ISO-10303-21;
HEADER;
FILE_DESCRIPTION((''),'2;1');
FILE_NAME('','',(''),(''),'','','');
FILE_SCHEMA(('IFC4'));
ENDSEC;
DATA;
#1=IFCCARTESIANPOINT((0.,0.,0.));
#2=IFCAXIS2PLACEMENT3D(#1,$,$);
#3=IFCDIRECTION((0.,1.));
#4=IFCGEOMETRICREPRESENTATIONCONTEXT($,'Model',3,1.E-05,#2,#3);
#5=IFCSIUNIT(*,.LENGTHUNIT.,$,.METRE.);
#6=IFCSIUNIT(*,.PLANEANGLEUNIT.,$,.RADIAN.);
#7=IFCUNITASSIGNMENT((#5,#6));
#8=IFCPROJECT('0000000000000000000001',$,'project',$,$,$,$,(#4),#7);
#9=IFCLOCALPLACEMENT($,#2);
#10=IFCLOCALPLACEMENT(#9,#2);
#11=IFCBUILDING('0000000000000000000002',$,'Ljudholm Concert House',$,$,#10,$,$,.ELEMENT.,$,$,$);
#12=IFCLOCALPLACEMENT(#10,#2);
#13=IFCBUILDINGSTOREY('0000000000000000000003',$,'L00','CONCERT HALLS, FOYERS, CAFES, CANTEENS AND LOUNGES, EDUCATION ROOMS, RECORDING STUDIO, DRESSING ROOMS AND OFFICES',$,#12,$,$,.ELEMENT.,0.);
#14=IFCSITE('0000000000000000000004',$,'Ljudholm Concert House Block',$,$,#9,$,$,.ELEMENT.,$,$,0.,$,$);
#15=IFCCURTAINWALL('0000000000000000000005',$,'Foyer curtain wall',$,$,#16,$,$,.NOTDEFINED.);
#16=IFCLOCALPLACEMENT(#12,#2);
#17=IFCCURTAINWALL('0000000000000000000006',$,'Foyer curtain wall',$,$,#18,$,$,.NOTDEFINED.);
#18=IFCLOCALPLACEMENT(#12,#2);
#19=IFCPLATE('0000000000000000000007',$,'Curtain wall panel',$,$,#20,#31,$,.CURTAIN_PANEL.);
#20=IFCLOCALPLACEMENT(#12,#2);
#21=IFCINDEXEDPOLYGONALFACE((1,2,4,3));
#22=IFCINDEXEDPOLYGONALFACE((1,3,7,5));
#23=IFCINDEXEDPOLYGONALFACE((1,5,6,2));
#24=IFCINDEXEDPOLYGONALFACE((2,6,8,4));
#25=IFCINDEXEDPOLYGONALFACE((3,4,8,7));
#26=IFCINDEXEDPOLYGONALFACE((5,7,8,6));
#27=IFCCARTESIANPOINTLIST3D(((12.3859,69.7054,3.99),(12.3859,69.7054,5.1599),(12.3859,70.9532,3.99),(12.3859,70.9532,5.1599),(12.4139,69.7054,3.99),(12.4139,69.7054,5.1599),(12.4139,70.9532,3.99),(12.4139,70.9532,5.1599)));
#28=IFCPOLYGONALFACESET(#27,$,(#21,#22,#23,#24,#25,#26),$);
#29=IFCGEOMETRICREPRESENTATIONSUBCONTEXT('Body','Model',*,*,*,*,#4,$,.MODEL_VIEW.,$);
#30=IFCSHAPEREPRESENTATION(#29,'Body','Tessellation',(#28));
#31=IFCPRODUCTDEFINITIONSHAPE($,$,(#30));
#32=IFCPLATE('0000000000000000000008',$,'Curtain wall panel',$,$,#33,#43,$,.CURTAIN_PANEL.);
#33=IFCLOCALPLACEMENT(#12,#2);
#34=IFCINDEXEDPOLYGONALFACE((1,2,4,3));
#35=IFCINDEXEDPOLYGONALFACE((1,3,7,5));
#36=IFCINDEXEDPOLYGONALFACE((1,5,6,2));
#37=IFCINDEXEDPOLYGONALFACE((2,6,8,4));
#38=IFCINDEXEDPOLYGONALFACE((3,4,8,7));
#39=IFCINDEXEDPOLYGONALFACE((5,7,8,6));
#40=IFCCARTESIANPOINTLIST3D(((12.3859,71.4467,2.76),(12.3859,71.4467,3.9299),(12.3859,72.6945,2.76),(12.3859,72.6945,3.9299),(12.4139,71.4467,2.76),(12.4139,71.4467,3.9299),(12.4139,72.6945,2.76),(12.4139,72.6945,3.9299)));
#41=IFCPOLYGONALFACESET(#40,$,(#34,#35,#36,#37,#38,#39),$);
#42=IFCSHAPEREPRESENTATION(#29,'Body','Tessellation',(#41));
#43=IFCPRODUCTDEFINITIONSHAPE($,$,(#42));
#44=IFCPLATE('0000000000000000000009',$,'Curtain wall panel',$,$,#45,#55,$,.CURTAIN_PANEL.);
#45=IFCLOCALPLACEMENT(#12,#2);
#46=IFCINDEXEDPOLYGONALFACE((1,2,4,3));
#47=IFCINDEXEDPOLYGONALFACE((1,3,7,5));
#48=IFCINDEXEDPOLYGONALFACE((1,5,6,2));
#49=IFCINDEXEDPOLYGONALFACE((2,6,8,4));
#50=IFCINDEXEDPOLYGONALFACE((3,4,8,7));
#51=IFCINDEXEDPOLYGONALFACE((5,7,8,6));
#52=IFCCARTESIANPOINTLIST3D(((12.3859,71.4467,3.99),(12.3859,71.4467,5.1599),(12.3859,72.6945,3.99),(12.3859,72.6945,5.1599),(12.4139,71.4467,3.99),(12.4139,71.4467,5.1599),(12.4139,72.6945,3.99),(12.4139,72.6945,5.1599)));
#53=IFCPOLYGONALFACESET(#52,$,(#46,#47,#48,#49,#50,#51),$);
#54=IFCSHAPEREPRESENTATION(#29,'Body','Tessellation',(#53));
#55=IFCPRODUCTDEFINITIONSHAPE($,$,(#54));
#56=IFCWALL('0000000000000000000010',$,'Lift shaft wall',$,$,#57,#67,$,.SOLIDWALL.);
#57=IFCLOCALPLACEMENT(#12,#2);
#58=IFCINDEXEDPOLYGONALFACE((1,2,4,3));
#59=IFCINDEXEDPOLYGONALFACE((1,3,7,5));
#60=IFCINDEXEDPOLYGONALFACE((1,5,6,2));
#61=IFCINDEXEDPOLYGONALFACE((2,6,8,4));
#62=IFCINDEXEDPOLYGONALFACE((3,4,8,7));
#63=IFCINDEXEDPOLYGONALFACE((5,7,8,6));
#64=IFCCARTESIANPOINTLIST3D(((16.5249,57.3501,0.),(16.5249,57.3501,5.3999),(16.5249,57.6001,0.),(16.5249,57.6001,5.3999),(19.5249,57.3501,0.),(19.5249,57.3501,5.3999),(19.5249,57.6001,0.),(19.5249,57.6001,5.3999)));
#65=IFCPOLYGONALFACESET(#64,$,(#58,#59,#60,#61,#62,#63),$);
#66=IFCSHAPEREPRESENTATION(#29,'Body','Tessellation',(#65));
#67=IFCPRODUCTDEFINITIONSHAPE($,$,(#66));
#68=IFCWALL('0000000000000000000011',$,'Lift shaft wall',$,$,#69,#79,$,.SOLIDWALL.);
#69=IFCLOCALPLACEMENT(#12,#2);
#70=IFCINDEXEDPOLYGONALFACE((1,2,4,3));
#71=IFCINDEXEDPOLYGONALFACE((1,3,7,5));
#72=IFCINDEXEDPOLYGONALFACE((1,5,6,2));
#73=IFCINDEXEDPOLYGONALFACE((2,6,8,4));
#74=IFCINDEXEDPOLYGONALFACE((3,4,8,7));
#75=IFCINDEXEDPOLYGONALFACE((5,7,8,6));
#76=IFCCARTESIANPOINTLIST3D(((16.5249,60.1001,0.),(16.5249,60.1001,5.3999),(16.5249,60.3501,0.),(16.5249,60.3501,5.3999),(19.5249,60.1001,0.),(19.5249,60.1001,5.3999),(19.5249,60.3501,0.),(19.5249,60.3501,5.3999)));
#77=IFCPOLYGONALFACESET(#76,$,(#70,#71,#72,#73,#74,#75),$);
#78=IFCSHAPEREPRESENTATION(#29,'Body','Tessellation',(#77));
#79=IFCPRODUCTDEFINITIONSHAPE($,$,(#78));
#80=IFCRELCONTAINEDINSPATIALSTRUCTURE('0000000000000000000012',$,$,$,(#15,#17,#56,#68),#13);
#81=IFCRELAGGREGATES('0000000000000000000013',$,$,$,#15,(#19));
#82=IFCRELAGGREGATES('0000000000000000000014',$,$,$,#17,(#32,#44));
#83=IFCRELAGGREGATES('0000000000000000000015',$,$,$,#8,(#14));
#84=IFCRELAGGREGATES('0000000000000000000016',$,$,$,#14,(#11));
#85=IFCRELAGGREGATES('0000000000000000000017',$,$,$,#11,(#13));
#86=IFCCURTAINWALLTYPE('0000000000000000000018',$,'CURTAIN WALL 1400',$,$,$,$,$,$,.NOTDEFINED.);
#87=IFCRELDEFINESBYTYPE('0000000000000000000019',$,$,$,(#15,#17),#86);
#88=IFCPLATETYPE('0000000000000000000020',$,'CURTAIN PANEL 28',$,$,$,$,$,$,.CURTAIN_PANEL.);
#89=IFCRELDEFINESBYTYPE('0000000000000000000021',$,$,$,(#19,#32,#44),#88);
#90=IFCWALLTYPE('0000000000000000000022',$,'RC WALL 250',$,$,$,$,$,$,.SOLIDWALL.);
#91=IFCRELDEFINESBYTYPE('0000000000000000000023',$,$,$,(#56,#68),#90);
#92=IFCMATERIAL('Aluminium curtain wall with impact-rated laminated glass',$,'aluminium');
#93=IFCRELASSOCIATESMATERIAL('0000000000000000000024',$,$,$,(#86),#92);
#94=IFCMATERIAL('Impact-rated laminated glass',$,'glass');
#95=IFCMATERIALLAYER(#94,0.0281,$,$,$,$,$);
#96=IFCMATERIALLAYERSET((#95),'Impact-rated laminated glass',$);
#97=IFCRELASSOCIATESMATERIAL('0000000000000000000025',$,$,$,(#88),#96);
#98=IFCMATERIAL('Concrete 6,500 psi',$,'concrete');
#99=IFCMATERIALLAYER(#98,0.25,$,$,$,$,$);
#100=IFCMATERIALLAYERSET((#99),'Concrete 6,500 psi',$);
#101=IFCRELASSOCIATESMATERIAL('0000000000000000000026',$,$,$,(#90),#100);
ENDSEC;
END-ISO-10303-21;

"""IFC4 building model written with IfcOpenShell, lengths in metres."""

from ifc_helpers import new_model, si_unit, direction, frame, frame_2d, origin, origin_2d, place, context, subcontext, project, spatial, rectangle, extrude, material, layer, layer_set, type_object, element, aggregate, save


model = new_model("IFC4")

# Units and contexts
model_context = context("Model", 3, precision=1e-05, world=origin(), true_north=direction((0.0, 1.0)))
body_context = subcontext(model_context, "Body", "Model", "MODEL_VIEW")
ifc_project = project(units=[si_unit("LENGTHUNIT", "METRE"), si_unit("PLANEANGLEUNIT", "RADIAN")], contexts=[model_context])

# Site, building, storey
site_placement = place(None, origin())
site = spatial("IfcSite", under=ifc_project, at=site_placement, Name="Ljudholm Concert House Block", CompositionType="ELEMENT", RefElevation=0.0)
building_placement = place(site_placement, origin())
building = spatial("IfcBuilding", under=site, at=building_placement, Name="Ljudholm Concert House", CompositionType="ELEMENT")
storey_placement = place(building_placement, origin())
storey = spatial("IfcBuildingStorey", under=building, at=storey_placement, Name="L00", Description="CONCERT HALLS, FOYERS, CAFES, CANTEENS AND LOUNGES, EDUCATION ROOMS, RECORDING STUDIO, DRESSING ROOMS AND OFFICES", CompositionType="ELEMENT", Elevation=0.0)

# Curtain wall
ifc_material_1 = material(Name="Aluminium curtain wall with impact-rated laminated glass", Category="aluminium")
curtain_wall_type = type_object("IfcCurtainWallType", Name="CURTAIN WALL 1400", PredefinedType="NOTDEFINED", material=ifc_material_1)
curtain_wall_1_placement = place(storey_placement, origin())
curtain_wall_1 = element("IfcCurtainWall", 1, at=curtain_wall_1_placement, inside=storey, type_object=curtain_wall_type, Name="Foyer curtain wall", PredefinedType="NOTDEFINED")

# Curtain wall
curtain_wall_2_placement = place(storey_placement, origin())
curtain_wall_2 = element("IfcCurtainWall", 2, at=curtain_wall_2_placement, inside=storey, type_object=curtain_wall_type, Name="Foyer curtain wall", PredefinedType="NOTDEFINED")

# Plates
ifc_material_2 = material(Name="Impact-rated laminated glass", Category="glass")
ifc_layer_1 = layer(ifc_material_2, 0.0281)
ifc_layer_set_1 = layer_set([ifc_layer_1], Name="Impact-rated laminated glass")
plate_type = type_object("IfcPlateType", Name="CURTAIN PANEL 28", PredefinedType="CURTAIN_PANEL", material=ifc_layer_set_1)
plate_1_placement = place(storey_placement, frame((12.3999, 70.3293, 3.99), z_axis=(0.0, 0.0, 1.0), x_axis=(0.0, 1.0, 0.0)))
plate_1 = element("IfcPlate", 3, at=plate_1_placement, type_object=plate_type, Name="Curtain wall panel", PredefinedType="CURTAIN_PANEL", context=body_context, shape_type="SweptSolid", body=[
    extrude(rectangle(XDim=1.2478, YDim=0.0281, at=origin_2d()), origin(), (0.0, 0.0, 1.0), 1.1699),
])
aggregate(curtain_wall_1, [plate_1])
plate_2_placement = place(storey_placement, frame((12.3999, 72.0706, 2.76), z_axis=(0.0, 0.0, 1.0), x_axis=(0.0, 1.0, 0.0)))
plate_2 = element("IfcPlate", 4, at=plate_2_placement, type_object=plate_type, Name="Curtain wall panel", PredefinedType="CURTAIN_PANEL", context=body_context, shape_type="SweptSolid", body=[
    extrude(rectangle(XDim=1.2478, YDim=0.0281, at=origin_2d()), origin(), (0.0, 0.0, 1.0), 1.1699),
])
plate_3_placement = place(storey_placement, frame((12.3999, 72.0706, 3.99), z_axis=(0.0, 0.0, 1.0), x_axis=(0.0, 1.0, 0.0)))
plate_3 = element("IfcPlate", 5, at=plate_3_placement, type_object=plate_type, Name="Curtain wall panel", PredefinedType="CURTAIN_PANEL", context=body_context, shape_type="SweptSolid", body=[
    extrude(rectangle(XDim=1.2478, YDim=0.0281, at=origin_2d()), origin(), (0.0, 0.0, 1.0), 1.1699),
])
aggregate(curtain_wall_2, [plate_2, plate_3])

# Walls
ifc_material_3 = material(Name="Concrete 6,500 psi", Category="concrete")
ifc_layer_2 = layer(ifc_material_3, 0.25)
ifc_layer_set_2 = layer_set([ifc_layer_2], Name="Concrete 6,500 psi")
wall_type_1 = type_object("IfcWallType", Name="RC WALL 250", PredefinedType="SOLIDWALL", material=ifc_layer_set_2)
for number, where, z_axis, x_axis, name in (
    (6, (16.5249, 57.4751, 0.0), (0.0, 0.0, 1.0), (1.0, 0.0, 0.0), "Lift shaft wall"),
    (7, (16.5249, 60.2251, 0.0), (0.0, 0.0, 1.0), (1.0, 0.0, 0.0), "Lift shaft wall"),
):
    element("IfcWall", number, at=place(storey_placement, frame(where, z_axis=z_axis, x_axis=x_axis)), inside=storey, type_object=wall_type_1, Name=name, PredefinedType="SOLIDWALL", context=body_context, shape_type="SweptSolid", body=[
        extrude(rectangle(XDim=3.0, YDim=0.25, at=frame_2d((1.5, 0.0))), origin(), (0.0, 0.0, 1.0), 5.3999),
    ])

save(model, "model.ifc")
